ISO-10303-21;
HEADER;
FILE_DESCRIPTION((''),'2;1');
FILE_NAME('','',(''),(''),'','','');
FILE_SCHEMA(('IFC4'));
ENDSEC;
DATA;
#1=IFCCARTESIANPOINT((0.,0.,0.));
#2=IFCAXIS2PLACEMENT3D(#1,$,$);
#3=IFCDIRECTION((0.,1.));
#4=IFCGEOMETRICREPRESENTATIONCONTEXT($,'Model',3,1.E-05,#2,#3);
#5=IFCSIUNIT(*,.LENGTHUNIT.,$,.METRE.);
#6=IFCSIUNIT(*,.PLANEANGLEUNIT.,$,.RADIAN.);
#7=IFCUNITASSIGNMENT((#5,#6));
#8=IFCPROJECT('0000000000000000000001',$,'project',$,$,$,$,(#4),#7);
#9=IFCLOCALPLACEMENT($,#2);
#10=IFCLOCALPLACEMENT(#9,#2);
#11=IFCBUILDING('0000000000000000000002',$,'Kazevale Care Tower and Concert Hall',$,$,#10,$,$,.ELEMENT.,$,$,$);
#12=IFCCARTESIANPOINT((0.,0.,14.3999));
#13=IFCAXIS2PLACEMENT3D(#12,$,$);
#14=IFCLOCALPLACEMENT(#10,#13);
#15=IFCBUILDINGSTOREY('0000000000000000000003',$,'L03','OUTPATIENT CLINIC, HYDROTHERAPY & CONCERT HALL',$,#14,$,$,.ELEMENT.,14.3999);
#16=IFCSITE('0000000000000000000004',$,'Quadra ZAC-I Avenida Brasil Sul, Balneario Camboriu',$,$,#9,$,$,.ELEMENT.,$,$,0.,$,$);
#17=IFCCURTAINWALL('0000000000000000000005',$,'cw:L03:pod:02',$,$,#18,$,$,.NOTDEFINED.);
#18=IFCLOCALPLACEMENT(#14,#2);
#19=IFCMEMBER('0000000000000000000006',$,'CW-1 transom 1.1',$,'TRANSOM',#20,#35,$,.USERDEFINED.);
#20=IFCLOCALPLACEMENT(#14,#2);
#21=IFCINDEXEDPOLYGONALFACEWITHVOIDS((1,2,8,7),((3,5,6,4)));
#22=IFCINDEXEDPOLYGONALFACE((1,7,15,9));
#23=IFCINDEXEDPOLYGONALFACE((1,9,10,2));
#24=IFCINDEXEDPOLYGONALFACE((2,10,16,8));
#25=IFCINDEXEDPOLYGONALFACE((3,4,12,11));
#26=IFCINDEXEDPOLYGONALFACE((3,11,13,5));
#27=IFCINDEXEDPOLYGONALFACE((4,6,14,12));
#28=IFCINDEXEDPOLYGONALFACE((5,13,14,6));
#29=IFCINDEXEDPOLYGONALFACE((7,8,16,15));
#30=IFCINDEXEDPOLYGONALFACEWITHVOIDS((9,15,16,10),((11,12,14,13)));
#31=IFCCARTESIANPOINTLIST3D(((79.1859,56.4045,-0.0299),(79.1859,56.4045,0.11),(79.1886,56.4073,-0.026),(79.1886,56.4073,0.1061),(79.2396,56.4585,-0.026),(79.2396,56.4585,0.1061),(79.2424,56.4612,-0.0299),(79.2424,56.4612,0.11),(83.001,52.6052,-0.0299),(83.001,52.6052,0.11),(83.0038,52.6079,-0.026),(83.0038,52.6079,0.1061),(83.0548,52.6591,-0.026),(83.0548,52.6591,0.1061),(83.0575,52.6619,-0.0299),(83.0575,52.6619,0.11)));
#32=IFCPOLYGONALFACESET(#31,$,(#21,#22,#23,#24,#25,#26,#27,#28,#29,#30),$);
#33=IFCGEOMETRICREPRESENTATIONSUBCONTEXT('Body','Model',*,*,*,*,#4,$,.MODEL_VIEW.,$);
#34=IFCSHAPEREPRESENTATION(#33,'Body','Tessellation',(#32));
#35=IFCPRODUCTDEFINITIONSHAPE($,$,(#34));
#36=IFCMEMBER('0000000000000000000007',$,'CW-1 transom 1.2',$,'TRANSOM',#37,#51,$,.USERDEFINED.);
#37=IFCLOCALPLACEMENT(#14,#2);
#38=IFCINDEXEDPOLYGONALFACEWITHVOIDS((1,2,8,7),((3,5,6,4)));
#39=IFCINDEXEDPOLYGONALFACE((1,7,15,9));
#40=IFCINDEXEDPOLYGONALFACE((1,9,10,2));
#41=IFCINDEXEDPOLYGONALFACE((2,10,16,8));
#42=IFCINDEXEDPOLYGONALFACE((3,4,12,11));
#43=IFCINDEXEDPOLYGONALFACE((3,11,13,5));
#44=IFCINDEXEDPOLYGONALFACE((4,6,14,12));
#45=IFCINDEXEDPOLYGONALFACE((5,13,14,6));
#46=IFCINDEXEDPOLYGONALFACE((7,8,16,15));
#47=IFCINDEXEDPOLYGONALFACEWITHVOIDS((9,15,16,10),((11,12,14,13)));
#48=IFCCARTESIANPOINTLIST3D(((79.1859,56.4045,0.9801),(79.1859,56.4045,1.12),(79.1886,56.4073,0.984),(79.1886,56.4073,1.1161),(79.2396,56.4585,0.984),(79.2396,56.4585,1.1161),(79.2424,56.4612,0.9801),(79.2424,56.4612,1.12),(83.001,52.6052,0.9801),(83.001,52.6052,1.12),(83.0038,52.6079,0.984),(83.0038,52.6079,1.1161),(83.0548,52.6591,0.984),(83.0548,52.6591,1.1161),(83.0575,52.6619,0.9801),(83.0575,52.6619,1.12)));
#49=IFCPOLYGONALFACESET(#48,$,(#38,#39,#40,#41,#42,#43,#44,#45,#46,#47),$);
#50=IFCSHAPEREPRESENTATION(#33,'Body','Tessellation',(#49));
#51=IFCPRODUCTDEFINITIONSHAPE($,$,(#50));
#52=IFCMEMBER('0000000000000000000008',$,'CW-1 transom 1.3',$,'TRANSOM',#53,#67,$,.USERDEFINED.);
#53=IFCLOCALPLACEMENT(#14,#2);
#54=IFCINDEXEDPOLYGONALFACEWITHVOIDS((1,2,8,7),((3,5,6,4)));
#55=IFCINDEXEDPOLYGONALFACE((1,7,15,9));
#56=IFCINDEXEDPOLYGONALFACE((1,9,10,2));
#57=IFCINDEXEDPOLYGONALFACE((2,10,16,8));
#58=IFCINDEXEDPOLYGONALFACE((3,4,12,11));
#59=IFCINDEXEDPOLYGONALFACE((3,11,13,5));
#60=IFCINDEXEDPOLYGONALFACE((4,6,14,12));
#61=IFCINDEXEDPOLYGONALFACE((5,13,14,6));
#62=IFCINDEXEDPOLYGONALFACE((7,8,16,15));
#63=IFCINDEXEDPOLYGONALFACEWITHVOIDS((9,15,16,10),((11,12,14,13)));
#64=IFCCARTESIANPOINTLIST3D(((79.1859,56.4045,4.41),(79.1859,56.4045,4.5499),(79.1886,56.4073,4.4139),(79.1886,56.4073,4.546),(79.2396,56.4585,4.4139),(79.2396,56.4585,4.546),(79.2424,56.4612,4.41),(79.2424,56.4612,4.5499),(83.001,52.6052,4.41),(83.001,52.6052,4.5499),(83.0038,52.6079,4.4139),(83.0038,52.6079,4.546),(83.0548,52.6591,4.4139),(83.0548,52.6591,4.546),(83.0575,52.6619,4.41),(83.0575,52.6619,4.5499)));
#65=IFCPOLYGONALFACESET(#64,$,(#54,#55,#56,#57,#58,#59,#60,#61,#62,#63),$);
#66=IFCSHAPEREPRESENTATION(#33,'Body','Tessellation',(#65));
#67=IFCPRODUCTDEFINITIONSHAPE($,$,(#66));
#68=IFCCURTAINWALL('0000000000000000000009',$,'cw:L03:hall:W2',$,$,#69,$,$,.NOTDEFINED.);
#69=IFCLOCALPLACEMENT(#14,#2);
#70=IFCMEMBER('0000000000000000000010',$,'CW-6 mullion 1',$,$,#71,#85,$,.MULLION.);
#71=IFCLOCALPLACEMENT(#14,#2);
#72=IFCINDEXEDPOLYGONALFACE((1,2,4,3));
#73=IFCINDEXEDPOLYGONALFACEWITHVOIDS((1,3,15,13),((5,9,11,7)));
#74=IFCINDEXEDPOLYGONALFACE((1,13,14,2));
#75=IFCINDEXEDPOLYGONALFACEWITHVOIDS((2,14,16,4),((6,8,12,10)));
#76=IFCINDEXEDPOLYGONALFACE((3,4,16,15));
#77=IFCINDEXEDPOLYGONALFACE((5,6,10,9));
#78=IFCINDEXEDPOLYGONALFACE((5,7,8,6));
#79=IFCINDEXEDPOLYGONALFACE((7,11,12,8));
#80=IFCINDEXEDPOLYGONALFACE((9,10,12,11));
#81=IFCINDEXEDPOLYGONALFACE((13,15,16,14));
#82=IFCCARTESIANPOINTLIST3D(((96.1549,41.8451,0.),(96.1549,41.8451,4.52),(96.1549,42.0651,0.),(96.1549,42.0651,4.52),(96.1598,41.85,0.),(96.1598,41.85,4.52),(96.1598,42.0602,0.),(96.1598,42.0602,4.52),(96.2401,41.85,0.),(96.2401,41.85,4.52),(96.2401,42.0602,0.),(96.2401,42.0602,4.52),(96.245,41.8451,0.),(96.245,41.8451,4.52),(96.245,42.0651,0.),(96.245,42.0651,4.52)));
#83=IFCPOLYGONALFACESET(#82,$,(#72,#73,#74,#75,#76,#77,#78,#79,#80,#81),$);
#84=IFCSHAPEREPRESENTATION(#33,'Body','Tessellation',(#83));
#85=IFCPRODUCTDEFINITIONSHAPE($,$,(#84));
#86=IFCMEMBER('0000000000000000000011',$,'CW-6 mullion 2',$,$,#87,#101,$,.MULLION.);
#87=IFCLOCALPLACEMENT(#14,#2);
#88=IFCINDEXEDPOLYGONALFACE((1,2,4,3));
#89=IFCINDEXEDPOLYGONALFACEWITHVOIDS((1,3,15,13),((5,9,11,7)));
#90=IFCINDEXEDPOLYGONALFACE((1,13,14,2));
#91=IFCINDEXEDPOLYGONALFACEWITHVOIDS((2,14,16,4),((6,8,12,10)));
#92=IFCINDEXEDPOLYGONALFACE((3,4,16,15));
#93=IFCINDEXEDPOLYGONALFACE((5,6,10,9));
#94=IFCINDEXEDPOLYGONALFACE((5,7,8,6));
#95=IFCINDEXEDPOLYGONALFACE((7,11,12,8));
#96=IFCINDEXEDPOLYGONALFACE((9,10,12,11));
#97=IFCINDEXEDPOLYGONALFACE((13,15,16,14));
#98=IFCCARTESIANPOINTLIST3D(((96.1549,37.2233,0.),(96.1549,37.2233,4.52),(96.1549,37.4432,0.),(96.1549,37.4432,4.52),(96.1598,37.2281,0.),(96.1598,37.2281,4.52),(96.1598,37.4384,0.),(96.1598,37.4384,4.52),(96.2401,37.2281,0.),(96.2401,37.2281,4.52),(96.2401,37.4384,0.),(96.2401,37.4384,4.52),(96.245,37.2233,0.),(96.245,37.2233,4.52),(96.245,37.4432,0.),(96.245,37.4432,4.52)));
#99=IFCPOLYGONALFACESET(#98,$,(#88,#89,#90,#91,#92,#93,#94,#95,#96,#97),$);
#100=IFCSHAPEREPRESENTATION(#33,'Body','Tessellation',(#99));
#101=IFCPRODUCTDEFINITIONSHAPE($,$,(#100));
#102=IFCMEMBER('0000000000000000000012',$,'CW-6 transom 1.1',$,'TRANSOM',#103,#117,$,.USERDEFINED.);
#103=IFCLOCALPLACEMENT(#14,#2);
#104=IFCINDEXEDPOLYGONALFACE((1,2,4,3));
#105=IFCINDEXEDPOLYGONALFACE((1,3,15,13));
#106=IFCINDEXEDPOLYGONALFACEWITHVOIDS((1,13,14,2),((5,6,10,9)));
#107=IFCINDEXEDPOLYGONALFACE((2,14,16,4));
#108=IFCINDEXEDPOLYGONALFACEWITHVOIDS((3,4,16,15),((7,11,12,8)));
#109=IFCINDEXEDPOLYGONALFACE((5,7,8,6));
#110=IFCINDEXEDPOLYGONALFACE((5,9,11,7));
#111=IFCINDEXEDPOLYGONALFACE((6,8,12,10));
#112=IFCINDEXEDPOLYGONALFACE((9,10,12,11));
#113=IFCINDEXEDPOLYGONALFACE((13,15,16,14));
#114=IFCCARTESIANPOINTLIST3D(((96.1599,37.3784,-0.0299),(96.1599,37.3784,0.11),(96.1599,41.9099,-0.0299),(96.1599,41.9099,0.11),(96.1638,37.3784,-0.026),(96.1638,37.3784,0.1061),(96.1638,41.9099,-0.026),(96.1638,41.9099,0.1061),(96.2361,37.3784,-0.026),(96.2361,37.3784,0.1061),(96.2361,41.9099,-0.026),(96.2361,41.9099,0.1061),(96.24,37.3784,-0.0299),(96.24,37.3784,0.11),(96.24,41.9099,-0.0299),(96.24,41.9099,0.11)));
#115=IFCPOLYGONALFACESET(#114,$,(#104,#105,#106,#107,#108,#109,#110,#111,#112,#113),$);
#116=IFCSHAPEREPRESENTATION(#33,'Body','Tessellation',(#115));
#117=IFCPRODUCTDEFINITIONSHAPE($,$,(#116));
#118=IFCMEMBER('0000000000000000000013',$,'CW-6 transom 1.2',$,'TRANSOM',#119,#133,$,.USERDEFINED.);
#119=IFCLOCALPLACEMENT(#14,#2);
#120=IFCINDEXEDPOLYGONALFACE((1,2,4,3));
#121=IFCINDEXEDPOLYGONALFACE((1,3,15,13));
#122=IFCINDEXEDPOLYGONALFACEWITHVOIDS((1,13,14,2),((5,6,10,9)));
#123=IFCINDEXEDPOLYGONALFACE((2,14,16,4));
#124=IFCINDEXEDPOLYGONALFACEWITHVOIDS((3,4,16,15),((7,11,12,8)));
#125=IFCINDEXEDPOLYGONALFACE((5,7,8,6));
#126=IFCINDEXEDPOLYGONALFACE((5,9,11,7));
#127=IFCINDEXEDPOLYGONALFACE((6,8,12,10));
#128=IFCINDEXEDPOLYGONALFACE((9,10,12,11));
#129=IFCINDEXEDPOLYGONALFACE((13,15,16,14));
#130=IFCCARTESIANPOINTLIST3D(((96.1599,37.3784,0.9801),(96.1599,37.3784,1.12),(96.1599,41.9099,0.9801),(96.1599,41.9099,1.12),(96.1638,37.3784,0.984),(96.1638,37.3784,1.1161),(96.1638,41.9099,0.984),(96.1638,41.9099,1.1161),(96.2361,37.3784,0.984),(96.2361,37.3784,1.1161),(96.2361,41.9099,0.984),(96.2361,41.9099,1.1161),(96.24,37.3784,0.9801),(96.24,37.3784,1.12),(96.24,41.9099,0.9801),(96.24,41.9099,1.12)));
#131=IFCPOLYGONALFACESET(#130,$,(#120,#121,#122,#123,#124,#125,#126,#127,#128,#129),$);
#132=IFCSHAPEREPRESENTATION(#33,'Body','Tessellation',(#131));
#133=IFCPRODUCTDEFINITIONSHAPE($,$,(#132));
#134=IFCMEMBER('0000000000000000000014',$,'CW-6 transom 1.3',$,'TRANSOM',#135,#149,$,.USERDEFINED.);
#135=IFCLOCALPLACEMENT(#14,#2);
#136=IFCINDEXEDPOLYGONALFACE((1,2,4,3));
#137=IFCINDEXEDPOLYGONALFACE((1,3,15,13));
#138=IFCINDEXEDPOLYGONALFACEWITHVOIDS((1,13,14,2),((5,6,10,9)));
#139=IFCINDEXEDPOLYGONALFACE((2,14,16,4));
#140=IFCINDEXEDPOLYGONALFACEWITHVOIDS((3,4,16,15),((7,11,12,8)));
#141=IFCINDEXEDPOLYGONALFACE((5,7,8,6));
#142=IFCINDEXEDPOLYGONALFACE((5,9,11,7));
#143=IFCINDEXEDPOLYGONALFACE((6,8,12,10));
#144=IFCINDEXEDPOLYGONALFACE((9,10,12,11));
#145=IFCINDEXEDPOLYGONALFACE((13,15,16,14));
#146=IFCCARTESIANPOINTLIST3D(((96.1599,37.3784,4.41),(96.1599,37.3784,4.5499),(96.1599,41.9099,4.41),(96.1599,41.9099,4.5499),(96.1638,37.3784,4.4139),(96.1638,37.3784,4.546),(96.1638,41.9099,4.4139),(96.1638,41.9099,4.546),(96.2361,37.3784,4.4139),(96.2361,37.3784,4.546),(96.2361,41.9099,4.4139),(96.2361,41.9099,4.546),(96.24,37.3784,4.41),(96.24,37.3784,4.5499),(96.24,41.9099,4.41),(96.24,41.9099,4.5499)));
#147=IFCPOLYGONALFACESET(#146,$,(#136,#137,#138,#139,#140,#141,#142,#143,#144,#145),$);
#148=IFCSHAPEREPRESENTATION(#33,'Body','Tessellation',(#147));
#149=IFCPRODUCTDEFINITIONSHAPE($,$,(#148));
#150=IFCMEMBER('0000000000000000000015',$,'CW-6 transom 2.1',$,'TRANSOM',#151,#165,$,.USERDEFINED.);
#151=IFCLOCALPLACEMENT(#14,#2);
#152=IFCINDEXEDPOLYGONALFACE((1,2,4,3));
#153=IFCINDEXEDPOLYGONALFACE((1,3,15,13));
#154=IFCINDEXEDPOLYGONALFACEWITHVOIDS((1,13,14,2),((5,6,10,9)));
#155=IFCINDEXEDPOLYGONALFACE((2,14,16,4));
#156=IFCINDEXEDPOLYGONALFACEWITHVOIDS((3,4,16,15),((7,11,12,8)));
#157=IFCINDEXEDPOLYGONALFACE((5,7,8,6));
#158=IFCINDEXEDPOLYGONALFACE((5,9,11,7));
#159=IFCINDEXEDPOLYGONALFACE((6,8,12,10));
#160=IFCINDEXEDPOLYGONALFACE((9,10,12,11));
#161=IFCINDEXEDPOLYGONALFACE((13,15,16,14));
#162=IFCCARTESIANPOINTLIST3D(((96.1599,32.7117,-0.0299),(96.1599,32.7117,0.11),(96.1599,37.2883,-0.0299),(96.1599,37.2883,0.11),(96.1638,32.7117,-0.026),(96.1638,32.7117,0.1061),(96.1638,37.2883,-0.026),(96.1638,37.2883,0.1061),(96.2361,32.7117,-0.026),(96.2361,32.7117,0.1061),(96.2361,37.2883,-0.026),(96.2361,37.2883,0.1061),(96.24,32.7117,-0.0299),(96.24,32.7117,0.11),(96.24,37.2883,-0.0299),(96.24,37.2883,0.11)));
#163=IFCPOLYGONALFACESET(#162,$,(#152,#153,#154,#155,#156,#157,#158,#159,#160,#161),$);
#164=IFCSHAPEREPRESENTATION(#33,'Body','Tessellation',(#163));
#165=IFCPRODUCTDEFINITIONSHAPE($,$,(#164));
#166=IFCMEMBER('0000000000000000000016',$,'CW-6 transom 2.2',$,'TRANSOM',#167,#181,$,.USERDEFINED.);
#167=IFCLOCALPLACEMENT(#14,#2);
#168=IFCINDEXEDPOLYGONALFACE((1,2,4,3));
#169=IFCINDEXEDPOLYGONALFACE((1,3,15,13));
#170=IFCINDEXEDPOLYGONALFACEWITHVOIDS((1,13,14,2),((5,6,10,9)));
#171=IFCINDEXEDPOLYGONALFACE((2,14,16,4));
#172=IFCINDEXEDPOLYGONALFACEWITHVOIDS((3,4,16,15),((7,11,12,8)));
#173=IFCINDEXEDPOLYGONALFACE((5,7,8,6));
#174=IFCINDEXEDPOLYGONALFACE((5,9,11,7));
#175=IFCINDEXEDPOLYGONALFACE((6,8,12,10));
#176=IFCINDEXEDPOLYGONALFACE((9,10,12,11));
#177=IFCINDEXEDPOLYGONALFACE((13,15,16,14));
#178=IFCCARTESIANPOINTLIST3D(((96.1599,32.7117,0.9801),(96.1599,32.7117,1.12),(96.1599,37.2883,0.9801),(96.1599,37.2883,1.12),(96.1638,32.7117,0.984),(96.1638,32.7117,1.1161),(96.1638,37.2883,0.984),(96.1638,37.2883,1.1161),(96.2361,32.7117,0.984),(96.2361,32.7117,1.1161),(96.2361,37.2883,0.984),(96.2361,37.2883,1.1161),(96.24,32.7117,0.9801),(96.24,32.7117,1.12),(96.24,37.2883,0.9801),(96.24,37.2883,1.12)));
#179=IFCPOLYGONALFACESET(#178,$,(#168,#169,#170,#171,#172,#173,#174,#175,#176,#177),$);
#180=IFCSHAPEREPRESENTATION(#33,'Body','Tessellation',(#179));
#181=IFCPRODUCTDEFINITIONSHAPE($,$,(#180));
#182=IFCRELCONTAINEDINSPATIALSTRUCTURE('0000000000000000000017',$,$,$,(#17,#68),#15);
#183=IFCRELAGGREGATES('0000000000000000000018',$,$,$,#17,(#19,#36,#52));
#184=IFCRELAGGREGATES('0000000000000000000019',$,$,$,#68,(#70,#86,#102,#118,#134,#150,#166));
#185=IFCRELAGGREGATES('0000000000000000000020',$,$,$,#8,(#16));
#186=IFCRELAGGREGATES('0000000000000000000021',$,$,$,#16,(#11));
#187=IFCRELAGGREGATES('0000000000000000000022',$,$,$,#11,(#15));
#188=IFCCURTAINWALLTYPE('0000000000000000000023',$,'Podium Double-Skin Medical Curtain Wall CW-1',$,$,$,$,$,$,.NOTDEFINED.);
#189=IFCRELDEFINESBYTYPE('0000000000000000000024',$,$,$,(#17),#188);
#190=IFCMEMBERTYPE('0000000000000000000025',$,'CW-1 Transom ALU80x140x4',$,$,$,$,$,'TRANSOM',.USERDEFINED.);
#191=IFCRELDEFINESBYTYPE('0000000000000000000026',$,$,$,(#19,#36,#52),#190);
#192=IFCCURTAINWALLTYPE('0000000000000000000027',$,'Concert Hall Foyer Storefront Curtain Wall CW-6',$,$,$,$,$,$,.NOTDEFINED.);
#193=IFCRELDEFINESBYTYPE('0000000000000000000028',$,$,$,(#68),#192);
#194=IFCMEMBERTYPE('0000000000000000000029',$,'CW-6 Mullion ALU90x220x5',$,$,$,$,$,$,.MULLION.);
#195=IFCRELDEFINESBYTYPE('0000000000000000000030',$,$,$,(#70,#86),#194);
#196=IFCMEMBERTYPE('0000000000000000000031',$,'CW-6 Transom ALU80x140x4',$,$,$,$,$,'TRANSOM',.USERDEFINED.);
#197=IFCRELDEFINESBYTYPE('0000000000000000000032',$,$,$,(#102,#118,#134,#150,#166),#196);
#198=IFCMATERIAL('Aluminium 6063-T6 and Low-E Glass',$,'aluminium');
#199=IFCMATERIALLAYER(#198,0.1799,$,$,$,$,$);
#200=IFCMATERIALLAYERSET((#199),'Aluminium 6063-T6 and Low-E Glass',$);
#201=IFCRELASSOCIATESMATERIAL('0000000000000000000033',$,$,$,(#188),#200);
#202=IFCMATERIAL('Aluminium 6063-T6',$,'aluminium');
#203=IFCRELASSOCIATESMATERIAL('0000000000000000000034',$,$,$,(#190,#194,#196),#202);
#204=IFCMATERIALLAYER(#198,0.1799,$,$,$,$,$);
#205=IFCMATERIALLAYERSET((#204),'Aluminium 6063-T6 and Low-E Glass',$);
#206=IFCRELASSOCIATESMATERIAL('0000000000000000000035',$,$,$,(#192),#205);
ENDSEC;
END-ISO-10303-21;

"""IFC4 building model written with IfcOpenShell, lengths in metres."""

from ifc_helpers import new_model, si_unit, direction, frame, origin, origin_2d, place, context, subcontext, project, spatial, hollow_rectangle, extrude, material, layer, layer_set, material_profile, profile_set, type_object, element, aggregate, save


model = new_model("IFC4")

# Units and contexts
model_context = context("Model", 3, precision=1e-05, world=origin(), true_north=direction((0.0, 1.0)))
body_context = subcontext(model_context, "Body", "Model", "MODEL_VIEW")
ifc_project = project(units=[si_unit("LENGTHUNIT", "METRE"), si_unit("PLANEANGLEUNIT", "RADIAN")], contexts=[model_context])

# Site, building, storey
site_placement = place(None, origin())
site = spatial("IfcSite", under=ifc_project, at=site_placement, Name="Quadra ZAC-I Avenida Brasil Sul, Balneario Camboriu", CompositionType="ELEMENT", RefElevation=0.0)
building_placement = place(site_placement, origin())
building = spatial("IfcBuilding", under=site, at=building_placement, Name="Kazevale Care Tower and Concert Hall", CompositionType="ELEMENT")
storey_placement = place(building_placement, frame((0.0, 0.0, 14.3999)))
storey = spatial("IfcBuildingStorey", under=building, at=storey_placement, Name="L03", Description="OUTPATIENT CLINIC, HYDROTHERAPY & CONCERT HALL", CompositionType="ELEMENT", Elevation=14.3999)

# Curtain walls, members
ifc_material_1 = material(Name="Aluminium 6063-T6 and Low-E Glass", Category="aluminium")
ifc_layer_1 = layer(ifc_material_1, 0.1799)
ifc_layer_set_1 = layer_set([ifc_layer_1], Name="Aluminium 6063-T6 and Low-E Glass")
curtain_wall_type_1 = type_object("IfcCurtainWallType", Name="Podium Double-Skin Medical Curtain Wall CW-1", PredefinedType="NOTDEFINED", material=ifc_layer_set_1)
curtain_wall_1_placement = place(storey_placement, origin())
curtain_wall_1 = element("IfcCurtainWall", 1, at=curtain_wall_1_placement, inside=storey, type_object=curtain_wall_type_1, Name="cw:L03:pod:02", PredefinedType="NOTDEFINED")
ifc_material_2 = material(Name="Aluminium 6063-T6", Category="aluminium")
ifc_material_profile_1 = material_profile(ifc_material_2, hollow_rectangle(XDim=0.0801, YDim=0.1399, WallThickness=0.0039, at=origin_2d()), Name="ALU80x140x4")
ifc_profile_set_1 = profile_set([ifc_material_profile_1], Name="Aluminium 6063-T6")
member_type_1 = type_object("IfcMemberType", Name="CW-1 Transom ALU80x140x4", ElementType="TRANSOM", PredefinedType="USERDEFINED", material=ifc_profile_set_1)
member_1_placement = place(storey_placement, frame((83.0293, 52.6335, 0.04), z_axis=(-0.708579, 0.705632, 0.0), x_axis=(-0.705632, -0.708579, 0.0)))
member_1 = element("IfcMember", 2, at=member_1_placement, type_object=member_type_1, Name="CW-1 transom 1.1", ObjectType="TRANSOM", PredefinedType="USERDEFINED", context=body_context, shape_type="SweptSolid", body=[
    extrude(hollow_rectangle(XDim=0.0801, YDim=0.1399, WallThickness=0.0039, at=origin_2d()), origin(), (0.0, 0.0, 1.0), 5.3843),
])
member_2_placement = place(storey_placement, frame((83.0293, 52.6335, 1.05), z_axis=(-0.708579, 0.705632, 0.0), x_axis=(-0.705632, -0.708579, 0.0)))
member_2 = element("IfcMember", 3, at=member_2_placement, type_object=member_type_1, Name="CW-1 transom 1.2", ObjectType="TRANSOM", PredefinedType="USERDEFINED", context=body_context, shape_type="SweptSolid", body=[
    extrude(hollow_rectangle(XDim=0.0801, YDim=0.1399, WallThickness=0.0039, at=origin_2d()), origin(), (0.0, 0.0, 1.0), 5.3843),
])
member_3_placement = place(storey_placement, frame((83.0293, 52.6335, 4.48), z_axis=(-0.708579, 0.705632, 0.0), x_axis=(-0.705632, -0.708579, 0.0)))
member_3 = element("IfcMember", 4, at=member_3_placement, type_object=member_type_1, Name="CW-1 transom 1.3", ObjectType="TRANSOM", PredefinedType="USERDEFINED", context=body_context, shape_type="SweptSolid", body=[
    extrude(hollow_rectangle(XDim=0.0801, YDim=0.1399, WallThickness=0.0039, at=origin_2d()), origin(), (0.0, 0.0, 1.0), 5.3843),
])
aggregate(curtain_wall_1, [member_1, member_2, member_3])
ifc_layer_2 = layer(ifc_material_1, 0.1799)
ifc_layer_set_2 = layer_set([ifc_layer_2], Name="Aluminium 6063-T6 and Low-E Glass")
curtain_wall_type_2 = type_object("IfcCurtainWallType", Name="Concert Hall Foyer Storefront Curtain Wall CW-6", PredefinedType="NOTDEFINED", material=ifc_layer_set_2)
curtain_wall_2_placement = place(storey_placement, origin())
curtain_wall_2 = element("IfcCurtainWall", 5, at=curtain_wall_2_placement, inside=storey, type_object=curtain_wall_type_2, Name="cw:L03:hall:W2", PredefinedType="NOTDEFINED")
ifc_material_profile_2 = material_profile(ifc_material_2, hollow_rectangle(XDim=0.0901, YDim=0.22, WallThickness=0.0049, at=origin_2d()), Name="ALU90x220x5")
ifc_profile_set_2 = profile_set([ifc_material_profile_2], Name="Aluminium 6063-T6")
member_type_2 = type_object("IfcMemberType", Name="CW-6 Mullion ALU90x220x5", PredefinedType="MULLION", material=ifc_profile_set_2)
member_4_placement = place(storey_placement, frame((96.2, 41.9551, 0.0), z_axis=(0.0, 0.0, 1.0), x_axis=(1.0, 0.0, 0.0)))
member_4 = element("IfcMember", 6, at=member_4_placement, type_object=member_type_2, Name="CW-6 mullion 1", PredefinedType="MULLION", context=body_context, shape_type="SweptSolid", body=[
    extrude(hollow_rectangle(XDim=0.0901, YDim=0.22, WallThickness=0.0049, at=origin_2d()), origin(), (0.0, 0.0, 1.0), 4.52),
])
member_5_placement = place(storey_placement, frame((96.2, 37.3333, 0.0), z_axis=(0.0, 0.0, 1.0), x_axis=(1.0, 0.0, 0.0)))
member_5 = element("IfcMember", 7, at=member_5_placement, type_object=member_type_2, Name="CW-6 mullion 2", PredefinedType="MULLION", context=body_context, shape_type="SweptSolid", body=[
    extrude(hollow_rectangle(XDim=0.0901, YDim=0.22, WallThickness=0.0049, at=origin_2d()), origin(), (0.0, 0.0, 1.0), 4.52),
])
ifc_material_profile_3 = material_profile(ifc_material_2, hollow_rectangle(XDim=0.0801, YDim=0.1399, WallThickness=0.0039, at=origin_2d()), Name="ALU80x140x4")
ifc_profile_set_3 = profile_set([ifc_material_profile_3], Name="Aluminium 6063-T6")
member_type_3 = type_object("IfcMemberType", Name="CW-6 Transom ALU80x140x4", ElementType="TRANSOM", PredefinedType="USERDEFINED", material=ifc_profile_set_3)
member_6_placement = place(storey_placement, frame((96.2, 41.9099, 0.04), z_axis=(0.0, -1.0, 0.0), x_axis=(1.0, 0.0, 0.0)))
member_6 = element("IfcMember", 8, at=member_6_placement, type_object=member_type_3, Name="CW-6 transom 1.1", ObjectType="TRANSOM", PredefinedType="USERDEFINED", context=body_context, shape_type="SweptSolid", body=[
    extrude(hollow_rectangle(XDim=0.0801, YDim=0.1399, WallThickness=0.0039, at=origin_2d()), origin(), (0.0, 0.0, 1.0), 4.5315),
])
member_7_placement = place(storey_placement, frame((96.2, 41.9099, 1.05), z_axis=(0.0, -1.0, 0.0), x_axis=(1.0, 0.0, 0.0)))
member_7 = element("IfcMember", 9, at=member_7_placement, type_object=member_type_3, Name="CW-6 transom 1.2", ObjectType="TRANSOM", PredefinedType="USERDEFINED", context=body_context, shape_type="SweptSolid", body=[
    extrude(hollow_rectangle(XDim=0.0801, YDim=0.1399, WallThickness=0.0039, at=origin_2d()), origin(), (0.0, 0.0, 1.0), 4.5315),
])
member_8_placement = place(storey_placement, frame((96.2, 41.9099, 4.48), z_axis=(0.0, -1.0, 0.0), x_axis=(1.0, 0.0, 0.0)))
member_8 = element("IfcMember", 10, at=member_8_placement, type_object=member_type_3, Name="CW-6 transom 1.3", ObjectType="TRANSOM", PredefinedType="USERDEFINED", context=body_context, shape_type="SweptSolid", body=[
    extrude(hollow_rectangle(XDim=0.0801, YDim=0.1399, WallThickness=0.0039, at=origin_2d()), origin(), (0.0, 0.0, 1.0), 4.5315),
])
member_9_placement = place(storey_placement, frame((96.2, 37.2883, 0.04), z_axis=(0.0, -1.0, 0.0), x_axis=(1.0, 0.0, 0.0)))
member_9 = element("IfcMember", 11, at=member_9_placement, type_object=member_type_3, Name="CW-6 transom 2.1", ObjectType="TRANSOM", PredefinedType="USERDEFINED", context=body_context, shape_type="SweptSolid", body=[
    extrude(hollow_rectangle(XDim=0.0801, YDim=0.1399, WallThickness=0.0039, at=origin_2d()), origin(), (0.0, 0.0, 1.0), 4.5767),
])
member_10_placement = place(storey_placement, frame((96.2, 37.2883, 1.05), z_axis=(0.0, -1.0, 0.0), x_axis=(1.0, 0.0, 0.0)))
member_10 = element("IfcMember", 12, at=member_10_placement, type_object=member_type_3, Name="CW-6 transom 2.2", ObjectType="TRANSOM", PredefinedType="USERDEFINED", context=body_context, shape_type="SweptSolid", body=[
    extrude(hollow_rectangle(XDim=0.0801, YDim=0.1399, WallThickness=0.0039, at=origin_2d()), origin(), (0.0, 0.0, 1.0), 4.5767),
])

aggregate(curtain_wall_2, [member_4, member_5, member_6, member_7, member_8, member_9, member_10])

save(model, "model.ifc")
